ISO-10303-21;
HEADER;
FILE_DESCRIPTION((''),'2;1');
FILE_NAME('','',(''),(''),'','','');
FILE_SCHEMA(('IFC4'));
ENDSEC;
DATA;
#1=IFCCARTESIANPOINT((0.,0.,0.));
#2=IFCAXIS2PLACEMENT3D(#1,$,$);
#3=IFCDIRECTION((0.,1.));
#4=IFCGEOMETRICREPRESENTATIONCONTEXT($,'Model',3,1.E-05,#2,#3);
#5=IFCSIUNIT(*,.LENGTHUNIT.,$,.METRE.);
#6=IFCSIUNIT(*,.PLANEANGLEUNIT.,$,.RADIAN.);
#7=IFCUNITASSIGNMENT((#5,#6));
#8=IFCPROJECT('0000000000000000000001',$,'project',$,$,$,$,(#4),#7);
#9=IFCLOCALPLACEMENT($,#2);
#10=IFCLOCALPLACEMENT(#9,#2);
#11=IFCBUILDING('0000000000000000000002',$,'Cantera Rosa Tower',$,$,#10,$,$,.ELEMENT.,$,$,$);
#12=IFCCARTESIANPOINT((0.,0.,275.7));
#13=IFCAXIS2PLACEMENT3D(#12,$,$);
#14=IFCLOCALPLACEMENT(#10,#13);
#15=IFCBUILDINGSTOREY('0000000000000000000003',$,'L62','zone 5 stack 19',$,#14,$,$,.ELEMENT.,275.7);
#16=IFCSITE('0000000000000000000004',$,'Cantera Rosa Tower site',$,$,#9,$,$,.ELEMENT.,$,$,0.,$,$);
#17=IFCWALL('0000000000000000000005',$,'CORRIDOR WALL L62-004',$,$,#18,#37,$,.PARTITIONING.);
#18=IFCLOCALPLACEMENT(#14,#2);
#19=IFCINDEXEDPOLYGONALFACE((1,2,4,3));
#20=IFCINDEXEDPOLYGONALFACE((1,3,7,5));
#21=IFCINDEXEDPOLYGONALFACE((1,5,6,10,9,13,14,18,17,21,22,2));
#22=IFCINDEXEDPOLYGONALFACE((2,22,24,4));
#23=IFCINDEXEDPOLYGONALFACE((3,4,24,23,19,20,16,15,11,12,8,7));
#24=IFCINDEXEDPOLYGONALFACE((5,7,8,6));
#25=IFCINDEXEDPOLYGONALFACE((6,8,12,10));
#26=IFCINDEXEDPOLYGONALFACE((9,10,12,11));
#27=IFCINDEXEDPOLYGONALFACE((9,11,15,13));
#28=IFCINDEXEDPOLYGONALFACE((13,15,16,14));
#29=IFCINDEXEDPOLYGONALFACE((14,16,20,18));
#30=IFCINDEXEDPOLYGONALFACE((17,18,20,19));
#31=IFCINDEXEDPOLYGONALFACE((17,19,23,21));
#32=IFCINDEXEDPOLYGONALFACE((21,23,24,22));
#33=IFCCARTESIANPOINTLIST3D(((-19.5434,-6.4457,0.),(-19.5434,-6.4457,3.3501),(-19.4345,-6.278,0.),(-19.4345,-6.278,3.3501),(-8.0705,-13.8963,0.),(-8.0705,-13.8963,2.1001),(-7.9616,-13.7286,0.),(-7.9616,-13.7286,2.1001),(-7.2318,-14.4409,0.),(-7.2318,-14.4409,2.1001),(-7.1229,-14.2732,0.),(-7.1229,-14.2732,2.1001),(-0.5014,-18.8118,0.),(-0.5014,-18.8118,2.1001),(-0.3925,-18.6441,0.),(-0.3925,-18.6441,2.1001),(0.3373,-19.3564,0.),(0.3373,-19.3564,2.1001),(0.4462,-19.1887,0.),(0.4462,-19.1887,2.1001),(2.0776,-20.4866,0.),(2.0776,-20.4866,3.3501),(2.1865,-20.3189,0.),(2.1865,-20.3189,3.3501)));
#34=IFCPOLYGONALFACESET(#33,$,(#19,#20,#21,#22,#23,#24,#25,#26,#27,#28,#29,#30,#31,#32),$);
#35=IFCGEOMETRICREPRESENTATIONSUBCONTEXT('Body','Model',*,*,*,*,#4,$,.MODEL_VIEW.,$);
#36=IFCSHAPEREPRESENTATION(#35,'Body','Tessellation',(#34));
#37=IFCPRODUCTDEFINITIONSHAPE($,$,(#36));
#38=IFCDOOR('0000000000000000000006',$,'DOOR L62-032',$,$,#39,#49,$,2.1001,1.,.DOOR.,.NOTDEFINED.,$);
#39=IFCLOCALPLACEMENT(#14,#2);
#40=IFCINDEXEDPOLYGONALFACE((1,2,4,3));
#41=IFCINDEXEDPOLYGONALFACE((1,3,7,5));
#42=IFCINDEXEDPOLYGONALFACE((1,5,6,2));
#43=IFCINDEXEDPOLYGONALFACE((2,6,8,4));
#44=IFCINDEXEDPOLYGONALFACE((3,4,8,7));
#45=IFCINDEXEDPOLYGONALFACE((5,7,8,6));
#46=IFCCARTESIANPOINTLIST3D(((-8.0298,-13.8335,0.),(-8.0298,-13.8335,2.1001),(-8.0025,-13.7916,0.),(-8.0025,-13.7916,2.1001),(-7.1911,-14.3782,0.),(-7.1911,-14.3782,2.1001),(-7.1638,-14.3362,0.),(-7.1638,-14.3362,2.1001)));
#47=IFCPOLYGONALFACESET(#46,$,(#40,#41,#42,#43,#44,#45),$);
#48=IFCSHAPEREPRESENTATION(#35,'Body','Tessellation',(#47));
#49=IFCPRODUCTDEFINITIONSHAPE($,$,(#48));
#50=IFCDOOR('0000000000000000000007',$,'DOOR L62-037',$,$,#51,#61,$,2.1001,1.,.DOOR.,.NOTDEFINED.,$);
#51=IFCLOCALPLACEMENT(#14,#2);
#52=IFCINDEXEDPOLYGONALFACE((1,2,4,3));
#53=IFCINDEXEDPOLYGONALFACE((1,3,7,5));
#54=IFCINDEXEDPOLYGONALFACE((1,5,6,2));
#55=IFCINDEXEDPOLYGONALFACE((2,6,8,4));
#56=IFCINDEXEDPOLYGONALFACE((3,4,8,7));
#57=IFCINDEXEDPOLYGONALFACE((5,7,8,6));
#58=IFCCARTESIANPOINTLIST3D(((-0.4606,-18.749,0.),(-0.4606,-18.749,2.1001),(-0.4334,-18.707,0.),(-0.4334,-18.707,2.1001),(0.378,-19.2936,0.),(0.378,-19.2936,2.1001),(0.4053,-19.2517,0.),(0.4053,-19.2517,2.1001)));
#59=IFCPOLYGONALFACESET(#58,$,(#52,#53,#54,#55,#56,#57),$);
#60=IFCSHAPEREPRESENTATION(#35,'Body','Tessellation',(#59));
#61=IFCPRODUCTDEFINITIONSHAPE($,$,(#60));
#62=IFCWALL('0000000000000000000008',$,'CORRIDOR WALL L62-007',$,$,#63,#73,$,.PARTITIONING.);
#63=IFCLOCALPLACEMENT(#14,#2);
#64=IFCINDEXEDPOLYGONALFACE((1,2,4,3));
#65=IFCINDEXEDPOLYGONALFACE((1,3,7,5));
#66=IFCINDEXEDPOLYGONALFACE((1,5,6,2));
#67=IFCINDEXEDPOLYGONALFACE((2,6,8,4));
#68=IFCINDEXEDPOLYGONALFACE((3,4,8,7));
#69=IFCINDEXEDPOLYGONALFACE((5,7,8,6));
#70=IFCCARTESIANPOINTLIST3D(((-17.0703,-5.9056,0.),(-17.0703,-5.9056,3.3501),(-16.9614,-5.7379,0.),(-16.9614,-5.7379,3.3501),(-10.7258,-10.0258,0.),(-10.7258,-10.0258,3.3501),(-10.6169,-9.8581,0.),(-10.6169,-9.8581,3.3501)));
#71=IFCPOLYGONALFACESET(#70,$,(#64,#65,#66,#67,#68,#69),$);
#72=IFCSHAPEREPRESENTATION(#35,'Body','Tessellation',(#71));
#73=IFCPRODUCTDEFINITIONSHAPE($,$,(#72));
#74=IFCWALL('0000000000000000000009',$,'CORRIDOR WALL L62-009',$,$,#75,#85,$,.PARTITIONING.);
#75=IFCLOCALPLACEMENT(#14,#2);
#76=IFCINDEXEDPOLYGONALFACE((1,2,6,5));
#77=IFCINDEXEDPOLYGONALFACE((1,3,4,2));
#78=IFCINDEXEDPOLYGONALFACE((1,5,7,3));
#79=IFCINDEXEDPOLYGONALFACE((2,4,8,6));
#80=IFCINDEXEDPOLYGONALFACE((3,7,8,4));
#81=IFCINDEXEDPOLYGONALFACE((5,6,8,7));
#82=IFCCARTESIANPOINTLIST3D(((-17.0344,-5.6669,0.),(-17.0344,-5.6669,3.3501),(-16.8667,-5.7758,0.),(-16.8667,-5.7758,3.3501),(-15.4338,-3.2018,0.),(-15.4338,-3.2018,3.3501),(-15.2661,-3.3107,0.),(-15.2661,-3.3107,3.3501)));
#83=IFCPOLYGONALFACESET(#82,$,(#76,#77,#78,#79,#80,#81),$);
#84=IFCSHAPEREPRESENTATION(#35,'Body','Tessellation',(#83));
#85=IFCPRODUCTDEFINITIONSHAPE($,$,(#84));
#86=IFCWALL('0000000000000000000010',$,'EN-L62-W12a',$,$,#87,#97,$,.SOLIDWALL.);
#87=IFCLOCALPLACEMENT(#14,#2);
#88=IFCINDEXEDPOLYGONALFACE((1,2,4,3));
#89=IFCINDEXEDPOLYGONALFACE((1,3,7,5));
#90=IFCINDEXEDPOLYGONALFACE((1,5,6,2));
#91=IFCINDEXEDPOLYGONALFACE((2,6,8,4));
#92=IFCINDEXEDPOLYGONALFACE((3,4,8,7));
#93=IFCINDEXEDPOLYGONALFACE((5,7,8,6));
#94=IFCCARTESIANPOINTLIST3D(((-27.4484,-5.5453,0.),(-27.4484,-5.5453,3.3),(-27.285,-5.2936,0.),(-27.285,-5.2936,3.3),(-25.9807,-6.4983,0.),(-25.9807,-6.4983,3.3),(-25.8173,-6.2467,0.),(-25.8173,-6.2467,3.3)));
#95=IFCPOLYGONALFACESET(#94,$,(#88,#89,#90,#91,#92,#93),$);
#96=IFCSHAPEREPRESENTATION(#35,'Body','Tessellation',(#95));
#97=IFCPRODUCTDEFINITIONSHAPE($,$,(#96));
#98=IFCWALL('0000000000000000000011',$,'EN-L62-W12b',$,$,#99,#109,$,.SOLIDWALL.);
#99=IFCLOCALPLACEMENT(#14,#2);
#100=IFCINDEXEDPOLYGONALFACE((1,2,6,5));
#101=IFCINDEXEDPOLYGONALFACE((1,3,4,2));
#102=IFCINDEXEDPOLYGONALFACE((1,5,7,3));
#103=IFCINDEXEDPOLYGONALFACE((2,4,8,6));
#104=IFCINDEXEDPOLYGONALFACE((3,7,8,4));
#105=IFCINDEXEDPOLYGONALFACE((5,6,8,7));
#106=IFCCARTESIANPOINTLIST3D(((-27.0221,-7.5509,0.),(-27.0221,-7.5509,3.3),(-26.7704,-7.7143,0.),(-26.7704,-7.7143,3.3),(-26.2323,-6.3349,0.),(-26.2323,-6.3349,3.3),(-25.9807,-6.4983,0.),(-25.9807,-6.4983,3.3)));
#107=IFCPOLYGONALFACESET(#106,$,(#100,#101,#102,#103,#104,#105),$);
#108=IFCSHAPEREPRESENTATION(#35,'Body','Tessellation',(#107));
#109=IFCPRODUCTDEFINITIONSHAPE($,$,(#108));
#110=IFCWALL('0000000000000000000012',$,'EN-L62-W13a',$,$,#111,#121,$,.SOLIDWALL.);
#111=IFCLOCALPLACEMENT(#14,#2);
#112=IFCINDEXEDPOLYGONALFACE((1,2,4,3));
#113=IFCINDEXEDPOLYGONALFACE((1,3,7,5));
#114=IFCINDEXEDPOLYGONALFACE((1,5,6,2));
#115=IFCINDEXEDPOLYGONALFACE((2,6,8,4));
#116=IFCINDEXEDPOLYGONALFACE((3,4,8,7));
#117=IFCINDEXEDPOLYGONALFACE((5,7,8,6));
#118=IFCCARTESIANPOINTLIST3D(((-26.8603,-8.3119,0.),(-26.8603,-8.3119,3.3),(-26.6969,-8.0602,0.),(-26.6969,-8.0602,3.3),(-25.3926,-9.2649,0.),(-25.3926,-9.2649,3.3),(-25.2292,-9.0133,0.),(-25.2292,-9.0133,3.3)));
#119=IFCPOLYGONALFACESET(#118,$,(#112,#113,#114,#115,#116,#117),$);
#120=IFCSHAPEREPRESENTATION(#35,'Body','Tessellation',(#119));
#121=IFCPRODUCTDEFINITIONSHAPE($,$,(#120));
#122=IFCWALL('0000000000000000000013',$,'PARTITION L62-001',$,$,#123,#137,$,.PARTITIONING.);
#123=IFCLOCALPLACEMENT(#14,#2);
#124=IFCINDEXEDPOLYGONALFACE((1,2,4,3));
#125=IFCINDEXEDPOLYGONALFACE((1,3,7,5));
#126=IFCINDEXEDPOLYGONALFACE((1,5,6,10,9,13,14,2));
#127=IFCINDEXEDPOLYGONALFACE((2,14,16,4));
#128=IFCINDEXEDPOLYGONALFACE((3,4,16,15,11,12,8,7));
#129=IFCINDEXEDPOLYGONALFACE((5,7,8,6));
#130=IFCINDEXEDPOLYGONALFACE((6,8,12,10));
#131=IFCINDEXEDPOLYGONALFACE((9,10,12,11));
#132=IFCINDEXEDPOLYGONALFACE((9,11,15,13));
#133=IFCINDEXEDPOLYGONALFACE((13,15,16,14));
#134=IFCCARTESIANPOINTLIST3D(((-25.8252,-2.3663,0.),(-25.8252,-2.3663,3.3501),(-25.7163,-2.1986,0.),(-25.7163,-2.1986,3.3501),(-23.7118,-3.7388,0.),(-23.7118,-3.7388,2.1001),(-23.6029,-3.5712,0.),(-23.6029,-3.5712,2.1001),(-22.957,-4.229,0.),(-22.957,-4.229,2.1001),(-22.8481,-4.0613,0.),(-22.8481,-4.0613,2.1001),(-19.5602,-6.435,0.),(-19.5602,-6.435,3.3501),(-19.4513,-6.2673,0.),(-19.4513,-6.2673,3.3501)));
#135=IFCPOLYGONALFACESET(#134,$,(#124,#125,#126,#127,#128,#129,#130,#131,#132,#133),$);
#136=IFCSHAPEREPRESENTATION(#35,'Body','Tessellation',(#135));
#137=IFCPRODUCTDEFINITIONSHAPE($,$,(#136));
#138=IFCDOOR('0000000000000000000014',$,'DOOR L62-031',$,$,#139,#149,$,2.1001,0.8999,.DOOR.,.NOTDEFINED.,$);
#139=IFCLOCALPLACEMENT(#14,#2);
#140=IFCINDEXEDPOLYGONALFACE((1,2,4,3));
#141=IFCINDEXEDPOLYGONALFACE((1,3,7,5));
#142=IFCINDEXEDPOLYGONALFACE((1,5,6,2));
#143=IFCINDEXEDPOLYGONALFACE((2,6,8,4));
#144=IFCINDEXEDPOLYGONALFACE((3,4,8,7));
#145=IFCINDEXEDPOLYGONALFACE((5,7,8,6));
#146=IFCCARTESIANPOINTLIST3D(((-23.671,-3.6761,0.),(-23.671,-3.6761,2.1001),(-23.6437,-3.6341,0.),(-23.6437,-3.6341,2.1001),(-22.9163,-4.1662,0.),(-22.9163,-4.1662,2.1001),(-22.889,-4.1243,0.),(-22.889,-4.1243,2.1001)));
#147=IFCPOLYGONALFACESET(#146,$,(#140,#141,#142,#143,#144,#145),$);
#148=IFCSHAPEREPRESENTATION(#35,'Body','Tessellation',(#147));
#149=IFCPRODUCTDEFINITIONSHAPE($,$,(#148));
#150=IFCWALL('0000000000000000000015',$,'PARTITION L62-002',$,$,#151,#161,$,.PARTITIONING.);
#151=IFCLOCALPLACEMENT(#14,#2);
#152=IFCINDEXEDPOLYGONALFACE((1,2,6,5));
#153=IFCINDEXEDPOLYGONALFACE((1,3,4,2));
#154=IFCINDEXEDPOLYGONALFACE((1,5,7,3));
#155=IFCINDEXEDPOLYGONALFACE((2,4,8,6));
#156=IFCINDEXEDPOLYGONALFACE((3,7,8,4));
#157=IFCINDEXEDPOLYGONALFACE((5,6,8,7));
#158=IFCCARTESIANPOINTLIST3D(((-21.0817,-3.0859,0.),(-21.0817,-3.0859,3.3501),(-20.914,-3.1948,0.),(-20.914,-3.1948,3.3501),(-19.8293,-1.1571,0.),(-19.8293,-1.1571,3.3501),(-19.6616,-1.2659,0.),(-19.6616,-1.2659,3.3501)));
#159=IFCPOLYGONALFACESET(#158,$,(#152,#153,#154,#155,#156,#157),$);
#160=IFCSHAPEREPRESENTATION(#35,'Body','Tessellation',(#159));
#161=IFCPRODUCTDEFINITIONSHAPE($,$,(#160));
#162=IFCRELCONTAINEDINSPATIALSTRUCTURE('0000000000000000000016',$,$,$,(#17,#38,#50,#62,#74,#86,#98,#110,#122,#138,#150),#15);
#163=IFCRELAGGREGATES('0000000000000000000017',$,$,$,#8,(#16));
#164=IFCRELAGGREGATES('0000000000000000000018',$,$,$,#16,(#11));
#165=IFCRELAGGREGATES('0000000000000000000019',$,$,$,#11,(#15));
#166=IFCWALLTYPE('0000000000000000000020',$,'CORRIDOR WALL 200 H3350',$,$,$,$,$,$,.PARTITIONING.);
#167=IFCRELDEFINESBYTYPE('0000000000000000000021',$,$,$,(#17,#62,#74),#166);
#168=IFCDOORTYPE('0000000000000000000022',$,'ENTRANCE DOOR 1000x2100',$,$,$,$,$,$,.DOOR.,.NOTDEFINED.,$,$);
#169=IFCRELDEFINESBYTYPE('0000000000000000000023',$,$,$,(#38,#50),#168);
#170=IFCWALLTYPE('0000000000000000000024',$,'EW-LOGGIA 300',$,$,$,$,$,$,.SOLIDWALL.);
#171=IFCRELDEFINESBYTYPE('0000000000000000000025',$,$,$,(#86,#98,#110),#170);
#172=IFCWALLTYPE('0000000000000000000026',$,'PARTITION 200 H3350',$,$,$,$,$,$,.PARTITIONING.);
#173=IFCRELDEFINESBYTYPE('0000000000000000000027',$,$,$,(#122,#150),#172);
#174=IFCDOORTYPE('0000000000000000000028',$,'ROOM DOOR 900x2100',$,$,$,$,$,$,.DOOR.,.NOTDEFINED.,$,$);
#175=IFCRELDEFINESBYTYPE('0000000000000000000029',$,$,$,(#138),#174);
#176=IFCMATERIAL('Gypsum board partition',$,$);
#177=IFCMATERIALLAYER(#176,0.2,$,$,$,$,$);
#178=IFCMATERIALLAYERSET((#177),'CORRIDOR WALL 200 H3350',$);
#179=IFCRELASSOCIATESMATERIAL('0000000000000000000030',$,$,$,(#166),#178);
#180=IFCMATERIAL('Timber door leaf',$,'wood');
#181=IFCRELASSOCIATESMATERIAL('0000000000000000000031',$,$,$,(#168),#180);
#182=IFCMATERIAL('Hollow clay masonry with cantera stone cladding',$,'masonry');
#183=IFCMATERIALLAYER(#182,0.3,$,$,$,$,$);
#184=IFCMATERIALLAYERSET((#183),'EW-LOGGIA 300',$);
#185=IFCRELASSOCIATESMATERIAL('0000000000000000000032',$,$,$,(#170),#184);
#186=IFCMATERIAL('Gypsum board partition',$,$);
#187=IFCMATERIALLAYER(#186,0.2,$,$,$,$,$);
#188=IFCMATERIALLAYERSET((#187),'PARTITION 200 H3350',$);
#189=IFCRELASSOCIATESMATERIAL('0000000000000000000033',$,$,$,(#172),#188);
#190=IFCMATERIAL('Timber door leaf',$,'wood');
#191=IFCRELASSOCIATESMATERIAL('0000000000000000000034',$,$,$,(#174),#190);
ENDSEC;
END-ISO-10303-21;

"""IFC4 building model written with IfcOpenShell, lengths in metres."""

from ifc_helpers import new_model, si_unit, direction, frame, frame_2d, origin, place, context, subcontext, project, spatial, rectangle, extrude, material, layer, layer_set, type_object, element, fill, save


model = new_model("IFC4")

# Units and contexts
model_context = context("Model", 3, precision=1e-05, world=origin(), true_north=direction((0.0, 1.0)))
body_context = subcontext(model_context, "Body", "Model", "MODEL_VIEW")
ifc_project = project(units=[si_unit("LENGTHUNIT", "METRE"), si_unit("PLANEANGLEUNIT", "RADIAN")], contexts=[model_context])

# Site, building, storey
site_placement = place(None, origin())
site = spatial("IfcSite", under=ifc_project, at=site_placement, Name="Cantera Rosa Tower site", CompositionType="ELEMENT", RefElevation=0.0)
building_placement = place(site_placement, origin())
building = spatial("IfcBuilding", under=site, at=building_placement, Name="Cantera Rosa Tower", CompositionType="ELEMENT")
storey_placement = place(building_placement, frame((0.0, 0.0, 275.7)))
storey = spatial("IfcBuildingStorey", under=building, at=storey_placement, Name="L62", Description="zone 5 stack 19", CompositionType="ELEMENT", Elevation=275.7)

# Wall, openings, doors
ifc_material_1 = material(Name="Gypsum board partition")
ifc_layer_1 = layer(ifc_material_1, 0.2)
ifc_layer_set_1 = layer_set([ifc_layer_1], Name="CORRIDOR WALL 200 H3350")
wall_type_1 = type_object("IfcWallType", Name="CORRIDOR WALL 200 H3350", PredefinedType="PARTITIONING", material=ifc_layer_set_1)
wall_1_placement = place(storey_placement, frame((-19.489, -6.3618, 0.0), z_axis=(0.0, 0.0, 1.0), x_axis=(0.83867, -0.54464, 0.0)))
wall_1 = element("IfcWall", 1, at=wall_1_placement, inside=storey, type_object=wall_type_1, Name="CORRIDOR WALL L62-004", PredefinedType="PARTITIONING", context=body_context, shape_type="SweptSolid", body=[
    extrude(rectangle(XDim=25.78, YDim=0.2, at=frame_2d((12.8901, 0.0))), origin(), (0.0, 0.0, 1.0), 3.3501),
])
opening_1_placement = place(wall_1_placement, frame((13.6799, 0.0, 0.0)))
opening_1 = element("IfcOpeningElement", 2, at=opening_1_placement, cuts=wall_1, PredefinedType="OPENING", context=body_context, shape_type="SweptSolid", body=[
    extrude(rectangle(XDim=1.0, YDim=2.1001, at=frame_2d((0.5, 1.05))), frame((0.0, 0.1099, 0.0), z_axis=(0.0, -1.0, 0.0), x_axis=(1.0, 0.0, 0.0)), (0.0, 0.0, 1.0), 0.22),
])
opening_2_placement = place(wall_1_placement, frame((22.7051, 0.0, 0.0)))
opening_2 = element("IfcOpeningElement", 3, at=opening_2_placement, cuts=wall_1, PredefinedType="OPENING", context=body_context, shape_type="SweptSolid", body=[
    extrude(rectangle(XDim=1.0, YDim=2.1001, at=frame_2d((0.5, 1.05))), frame((0.0, 0.1099, 0.0), z_axis=(0.0, -1.0, 0.0), x_axis=(1.0, 0.0, 0.0)), (0.0, 0.0, 1.0), 0.22),
])
ifc_material_2 = material(Name="Timber door leaf", Category="wood")
door_type_1 = type_object("IfcDoorType", Name="ENTRANCE DOOR 1000x2100", OperationType="NOTDEFINED", PredefinedType="DOOR", material=ifc_material_2)
door_1_placement = place(opening_1_placement, origin())
door_1 = element("IfcDoor", 4, at=door_1_placement, inside=storey, type_object=door_type_1, Name="DOOR L62-032", OperationType="NOTDEFINED", OverallHeight=2.1001, OverallWidth=1.0, PredefinedType="DOOR", context=body_context, shape_type="SweptSolid", body=[
    extrude(rectangle(XDim=1.0, YDim=2.1001, at=frame_2d((0.5, 1.05))), frame((0.0, 0.0249, 0.0), z_axis=(0.0, -1.0, 0.0), x_axis=(1.0, 0.0, 0.0)), (0.0, 0.0, 1.0), 0.05),
])
fill(opening_1, door_1)
door_2_placement = place(opening_2_placement, origin())
door_2 = element("IfcDoor", 5, at=door_2_placement, inside=storey, type_object=door_type_1, Name="DOOR L62-037", OperationType="NOTDEFINED", OverallHeight=2.1001, OverallWidth=1.0, PredefinedType="DOOR", context=body_context, shape_type="SweptSolid", body=[
    extrude(rectangle(XDim=1.0, YDim=2.1001, at=frame_2d((0.5, 1.05))), frame((0.0, 0.0249, 0.0), z_axis=(0.0, -1.0, 0.0), x_axis=(1.0, 0.0, 0.0)), (0.0, 0.0, 1.0), 0.05),
])
fill(opening_2, door_2)

# Walls
wall_2_placement = place(storey_placement, frame((-17.0159, -5.8218, 0.0), z_axis=(0.0, 0.0, 1.0), x_axis=(0.838673, -0.544636, 0.0)))
element("IfcWall", 6, at=wall_2_placement, inside=storey, type_object=wall_type_1, Name="CORRIDOR WALL L62-007", PredefinedType="PARTITIONING", context=body_context, shape_type="SweptSolid", body=[
    extrude(rectangle(XDim=7.5649, YDim=0.2, at=frame_2d((3.7825, 0.0))), origin(), (0.0, 0.0, 1.0), 3.3501),
])
wall_3_placement = place(storey_placement, frame((-15.3499, -3.2561, 0.0), z_axis=(0.0, 0.0, 1.0), x_axis=(-0.544577, -0.838711, 0.0)))
element("IfcWall", 7, at=wall_3_placement, inside=storey, type_object=wall_type_1, Name="CORRIDOR WALL L62-009", PredefinedType="PARTITIONING", context=body_context, shape_type="SweptSolid", body=[
    extrude(rectangle(XDim=2.9392, YDim=0.2, at=frame_2d((1.4697, 0.0))), origin(), (0.0, 0.0, 1.0), 3.3501),
])
ifc_material_3 = material(Name="Hollow clay masonry with cantera stone cladding", Category="masonry")
ifc_layer_2 = layer(ifc_material_3, 0.3)
ifc_layer_set_2 = layer_set([ifc_layer_2], Name="EW-LOGGIA 300")
wall_type_2 = type_object("IfcWallType", Name="EW-LOGGIA 300", PredefinedType="SOLIDWALL", material=ifc_layer_set_2)
wall_4_placement = place(storey_placement, frame((-27.3667, -5.4194, 0.0), z_axis=(0.0, 0.0, 1.0), x_axis=(0.838686, -0.544616, 0.0)))
element("IfcWall", 8, at=wall_4_placement, inside=storey, type_object=wall_type_2, Name="EN-L62-W12a", PredefinedType="SOLIDWALL", context=body_context, shape_type="SweptSolid", body=[
    extrude(rectangle(XDim=1.75, YDim=0.3, at=frame_2d((0.875, 0.0))), origin(), (0.0, 0.0, 1.0), 3.3),
])
wall_5_placement = place(storey_placement, frame((-26.1064, -6.4165, 0.0), z_axis=(0.0, 0.0, 1.0), x_axis=(-0.544675, -0.838647, 0.0)))
element("IfcWall", 9, at=wall_5_placement, inside=storey, type_object=wall_type_2, Name="EN-L62-W12b", PredefinedType="SOLIDWALL", context=body_context, shape_type="SweptSolid", body=[
    extrude(rectangle(XDim=1.45, YDim=0.3, at=frame_2d((0.7251, 0.0))), origin(), (0.0, 0.0, 1.0), 3.3),
])
wall_6_placement = place(storey_placement, frame((-26.7786, -8.186, 0.0), z_axis=(0.0, 0.0, 1.0), x_axis=(0.838686, -0.544616, 0.0)))
element("IfcWall", 10, at=wall_6_placement, inside=storey, type_object=wall_type_2, Name="EN-L62-W13a", PredefinedType="SOLIDWALL", context=body_context, shape_type="SweptSolid", body=[
    extrude(rectangle(XDim=1.75, YDim=0.3, at=frame_2d((0.875, 0.0))), origin(), (0.0, 0.0, 1.0), 3.3),
])

# Wall, opening, door
ifc_material_4 = material(Name="Gypsum board partition")
ifc_layer_3 = layer(ifc_material_4, 0.2)
ifc_layer_set_3 = layer_set([ifc_layer_3], Name="PARTITION 200 H3350")
wall_type_3 = type_object("IfcWallType", Name="PARTITION 200 H3350", PredefinedType="PARTITIONING", material=ifc_layer_set_3)
wall_7_placement = place(storey_placement, frame((-25.7708, -2.2825, 0.0), z_axis=(0.0, 0.0, 1.0), x_axis=(0.838662, -0.544652, 0.0)))
wall_7 = element("IfcWall", 11, at=wall_7_placement, inside=storey, type_object=wall_type_3, Name="PARTITION L62-001", PredefinedType="PARTITIONING", context=body_context, shape_type="SweptSolid", body=[
    extrude(rectangle(XDim=7.4702, YDim=0.2, at=frame_2d((3.7351, 0.0))), origin(), (0.0, 0.0, 1.0), 3.3501),
])
opening_3_placement = place(wall_7_placement, frame((2.52, 0.0, 0.0)))
opening_3 = element("IfcOpeningElement", 12, at=opening_3_placement, cuts=wall_7, PredefinedType="OPENING", context=body_context, shape_type="SweptSolid", body=[
    extrude(rectangle(XDim=0.8999, YDim=2.1001, at=frame_2d((0.45, 1.05))), frame((0.0, 0.1099, 0.0), z_axis=(0.0, -1.0, 0.0), x_axis=(1.0, 0.0, 0.0)), (0.0, 0.0, 1.0), 0.22),
])
ifc_material_5 = material(Name="Timber door leaf", Category="wood")
door_type_2 = type_object("IfcDoorType", Name="ROOM DOOR 900x2100", OperationType="NOTDEFINED", PredefinedType="DOOR", material=ifc_material_5)
door_3_placement = place(opening_3_placement, origin())
door_3 = element("IfcDoor", 13, at=door_3_placement, inside=storey, type_object=door_type_2, Name="DOOR L62-031", OperationType="NOTDEFINED", OverallHeight=2.1001, OverallWidth=0.8999, PredefinedType="DOOR", context=body_context, shape_type="SweptSolid", body=[
    extrude(rectangle(XDim=0.8999, YDim=2.1001, at=frame_2d((0.45, 1.05))), frame((0.0, 0.0249, 0.0), z_axis=(0.0, -1.0, 0.0), x_axis=(1.0, 0.0, 0.0)), (0.0, 0.0, 1.0), 0.05),
])
fill(opening_3, door_3)

# Wall
wall_8_placement = place(storey_placement, frame((-20.9978, -3.1404, 0.0), z_axis=(0.0, 0.0, 1.0), x_axis=(0.544567, 0.838718, 0.0)))
element("IfcWall", 14, at=wall_8_placement, inside=storey, type_object=wall_type_3, Name="PARTITION L62-002", PredefinedType="PARTITIONING", context=body_context, shape_type="SweptSolid", body=[
    extrude(rectangle(XDim=2.2998, YDim=0.2, at=frame_2d((1.1499, 0.0))), origin(), (0.0, 0.0, 1.0), 3.3501),
])

save(model, "model.ifc")
